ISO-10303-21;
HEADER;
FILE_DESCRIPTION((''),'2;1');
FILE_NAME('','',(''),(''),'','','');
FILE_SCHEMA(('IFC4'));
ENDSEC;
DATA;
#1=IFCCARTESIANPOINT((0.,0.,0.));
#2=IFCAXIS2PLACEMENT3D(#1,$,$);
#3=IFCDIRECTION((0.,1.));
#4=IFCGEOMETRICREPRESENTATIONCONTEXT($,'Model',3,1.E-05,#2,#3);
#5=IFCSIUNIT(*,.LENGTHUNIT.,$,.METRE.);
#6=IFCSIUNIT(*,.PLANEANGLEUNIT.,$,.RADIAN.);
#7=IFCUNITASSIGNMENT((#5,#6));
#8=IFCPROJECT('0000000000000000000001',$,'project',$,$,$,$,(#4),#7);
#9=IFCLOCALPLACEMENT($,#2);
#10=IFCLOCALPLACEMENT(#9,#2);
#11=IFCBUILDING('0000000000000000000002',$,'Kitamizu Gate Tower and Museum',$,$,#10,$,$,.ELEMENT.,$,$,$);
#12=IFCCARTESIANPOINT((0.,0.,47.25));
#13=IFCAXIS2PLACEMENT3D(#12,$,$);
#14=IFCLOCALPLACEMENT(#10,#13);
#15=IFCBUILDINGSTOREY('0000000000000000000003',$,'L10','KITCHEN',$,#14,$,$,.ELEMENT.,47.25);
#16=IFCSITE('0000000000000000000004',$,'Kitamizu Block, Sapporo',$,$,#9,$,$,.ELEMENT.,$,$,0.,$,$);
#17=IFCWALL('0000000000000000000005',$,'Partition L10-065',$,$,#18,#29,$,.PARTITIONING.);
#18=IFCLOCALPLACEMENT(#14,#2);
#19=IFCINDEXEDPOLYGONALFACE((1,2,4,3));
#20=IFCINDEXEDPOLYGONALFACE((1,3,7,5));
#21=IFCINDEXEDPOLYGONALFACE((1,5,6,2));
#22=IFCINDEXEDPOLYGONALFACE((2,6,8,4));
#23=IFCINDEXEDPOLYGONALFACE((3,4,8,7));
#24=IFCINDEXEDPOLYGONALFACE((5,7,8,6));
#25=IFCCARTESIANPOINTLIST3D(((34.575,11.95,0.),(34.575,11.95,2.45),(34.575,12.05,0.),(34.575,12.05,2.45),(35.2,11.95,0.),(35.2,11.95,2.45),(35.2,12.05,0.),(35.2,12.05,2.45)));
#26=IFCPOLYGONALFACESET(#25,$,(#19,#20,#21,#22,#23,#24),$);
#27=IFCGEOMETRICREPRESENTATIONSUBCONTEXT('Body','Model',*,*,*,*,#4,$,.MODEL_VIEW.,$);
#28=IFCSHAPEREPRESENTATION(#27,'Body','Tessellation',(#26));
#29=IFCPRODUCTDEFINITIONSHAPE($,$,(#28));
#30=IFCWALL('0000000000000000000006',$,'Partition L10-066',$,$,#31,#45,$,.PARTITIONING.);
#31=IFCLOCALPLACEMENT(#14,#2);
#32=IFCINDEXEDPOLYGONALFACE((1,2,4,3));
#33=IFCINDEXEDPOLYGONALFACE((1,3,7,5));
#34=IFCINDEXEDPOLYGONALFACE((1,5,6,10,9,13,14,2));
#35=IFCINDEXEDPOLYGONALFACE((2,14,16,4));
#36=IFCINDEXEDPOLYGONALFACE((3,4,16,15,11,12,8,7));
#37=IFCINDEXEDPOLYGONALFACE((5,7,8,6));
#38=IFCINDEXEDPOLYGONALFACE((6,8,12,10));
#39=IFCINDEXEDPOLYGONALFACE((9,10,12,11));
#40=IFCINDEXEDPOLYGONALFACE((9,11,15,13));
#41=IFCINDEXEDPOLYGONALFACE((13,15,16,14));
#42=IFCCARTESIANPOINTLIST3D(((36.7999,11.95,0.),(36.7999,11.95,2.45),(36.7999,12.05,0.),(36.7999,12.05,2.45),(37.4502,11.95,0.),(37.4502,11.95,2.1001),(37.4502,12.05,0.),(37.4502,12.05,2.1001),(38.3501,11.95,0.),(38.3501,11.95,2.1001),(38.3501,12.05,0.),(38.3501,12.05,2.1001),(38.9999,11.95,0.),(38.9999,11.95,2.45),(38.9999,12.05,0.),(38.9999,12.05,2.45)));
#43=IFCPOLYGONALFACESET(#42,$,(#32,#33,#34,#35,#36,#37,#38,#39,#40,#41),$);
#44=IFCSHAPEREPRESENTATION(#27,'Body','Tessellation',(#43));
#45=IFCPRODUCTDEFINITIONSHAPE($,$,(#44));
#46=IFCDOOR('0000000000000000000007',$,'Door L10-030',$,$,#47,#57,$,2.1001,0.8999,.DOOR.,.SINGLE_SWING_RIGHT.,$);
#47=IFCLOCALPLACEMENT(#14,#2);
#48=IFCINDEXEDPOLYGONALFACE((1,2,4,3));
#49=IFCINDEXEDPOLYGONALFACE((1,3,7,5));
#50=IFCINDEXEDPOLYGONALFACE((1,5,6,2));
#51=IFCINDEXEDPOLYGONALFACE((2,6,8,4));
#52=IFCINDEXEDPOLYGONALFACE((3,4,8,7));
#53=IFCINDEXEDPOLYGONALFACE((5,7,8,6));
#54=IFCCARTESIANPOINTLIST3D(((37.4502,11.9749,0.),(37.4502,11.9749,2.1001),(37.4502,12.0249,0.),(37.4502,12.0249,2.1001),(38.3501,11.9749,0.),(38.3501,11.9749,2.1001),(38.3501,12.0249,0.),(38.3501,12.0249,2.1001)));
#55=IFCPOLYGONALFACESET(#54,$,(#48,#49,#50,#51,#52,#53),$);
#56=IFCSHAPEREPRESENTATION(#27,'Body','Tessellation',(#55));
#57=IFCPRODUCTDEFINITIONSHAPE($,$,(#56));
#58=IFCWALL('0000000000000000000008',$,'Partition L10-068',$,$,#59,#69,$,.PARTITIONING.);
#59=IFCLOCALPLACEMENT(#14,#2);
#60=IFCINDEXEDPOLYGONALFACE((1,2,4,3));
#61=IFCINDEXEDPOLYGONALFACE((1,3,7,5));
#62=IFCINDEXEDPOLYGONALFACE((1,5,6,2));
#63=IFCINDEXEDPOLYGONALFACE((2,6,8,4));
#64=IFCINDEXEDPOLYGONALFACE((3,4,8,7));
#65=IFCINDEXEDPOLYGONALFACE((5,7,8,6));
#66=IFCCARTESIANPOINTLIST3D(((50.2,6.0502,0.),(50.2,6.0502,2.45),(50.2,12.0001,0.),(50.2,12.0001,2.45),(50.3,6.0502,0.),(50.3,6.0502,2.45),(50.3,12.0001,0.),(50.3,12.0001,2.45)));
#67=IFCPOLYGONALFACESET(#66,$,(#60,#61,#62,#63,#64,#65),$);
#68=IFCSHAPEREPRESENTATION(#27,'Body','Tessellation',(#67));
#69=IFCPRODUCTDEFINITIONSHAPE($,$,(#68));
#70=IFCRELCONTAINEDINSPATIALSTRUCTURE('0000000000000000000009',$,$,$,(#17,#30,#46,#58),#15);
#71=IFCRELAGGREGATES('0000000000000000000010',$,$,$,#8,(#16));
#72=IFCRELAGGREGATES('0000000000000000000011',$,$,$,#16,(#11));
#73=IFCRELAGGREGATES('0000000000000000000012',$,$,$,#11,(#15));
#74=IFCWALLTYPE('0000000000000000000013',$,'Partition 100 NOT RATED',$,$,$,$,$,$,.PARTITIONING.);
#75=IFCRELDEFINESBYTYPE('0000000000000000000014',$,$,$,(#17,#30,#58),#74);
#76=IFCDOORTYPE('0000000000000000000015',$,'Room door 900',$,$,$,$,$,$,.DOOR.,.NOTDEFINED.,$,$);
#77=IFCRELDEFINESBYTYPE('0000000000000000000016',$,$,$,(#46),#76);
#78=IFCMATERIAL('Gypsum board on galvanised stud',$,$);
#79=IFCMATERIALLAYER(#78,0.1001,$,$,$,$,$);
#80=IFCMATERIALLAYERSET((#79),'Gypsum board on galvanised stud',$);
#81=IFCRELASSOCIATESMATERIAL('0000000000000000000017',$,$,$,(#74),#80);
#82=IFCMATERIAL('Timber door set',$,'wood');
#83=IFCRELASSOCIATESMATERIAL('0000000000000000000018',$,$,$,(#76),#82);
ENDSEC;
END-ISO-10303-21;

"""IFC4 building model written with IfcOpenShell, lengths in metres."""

from ifc_helpers import new_model, si_unit, direction, frame, frame_2d, origin, place, context, subcontext, project, spatial, rectangle, extrude, material, layer, layer_set, type_object, element, fill, save


model = new_model("IFC4")

# Units and contexts
model_context = context("Model", 3, precision=1e-05, world=origin(), true_north=direction((0.0, 1.0)))
body_context = subcontext(model_context, "Body", "Model", "MODEL_VIEW")
ifc_project = project(units=[si_unit("LENGTHUNIT", "METRE"), si_unit("PLANEANGLEUNIT", "RADIAN")], contexts=[model_context])

# Site, building, storey
site_placement = place(None, origin())
site = spatial("IfcSite", under=ifc_project, at=site_placement, Name="Kitamizu Block, Sapporo", CompositionType="ELEMENT", RefElevation=0.0)
building_placement = place(site_placement, origin())
building = spatial("IfcBuilding", under=site, at=building_placement, Name="Kitamizu Gate Tower and Museum", CompositionType="ELEMENT")
storey_placement = place(building_placement, frame((0.0, 0.0, 47.25)))
storey = spatial("IfcBuildingStorey", under=building, at=storey_placement, Name="L10", Description="KITCHEN", CompositionType="ELEMENT", Elevation=47.25)

# Shared definitions
ifc_material_1 = material(Name="Gypsum board on galvanised stud")
ifc_layer = layer(ifc_material_1, 0.1001)
ifc_layer_set = layer_set([ifc_layer], Name="Gypsum board on galvanised stud")
wall_type = type_object("IfcWallType", Name="Partition 100 NOT RATED", PredefinedType="PARTITIONING", material=ifc_layer_set)

# Shared definitions
ifc_material_2 = material(Name="Timber door set", Category="wood")
door_type = type_object("IfcDoorType", Name="Room door 900", OperationType="NOTDEFINED", PredefinedType="DOOR", material=ifc_material_2)

# Wall
wall_1_placement = place(storey_placement, frame((35.2, 12.0, 0.0), z_axis=(0.0, 0.0, 1.0), x_axis=(-1.0, 0.0, 0.0)))
element("IfcWall", 1, at=wall_1_placement, inside=storey, type_object=wall_type, Name="Partition L10-065", PredefinedType="PARTITIONING", context=body_context, shape_type="SweptSolid", body=[
    extrude(rectangle(XDim=0.625, YDim=0.1001, at=frame_2d((0.3125, 0.0))), origin(), (0.0, 0.0, 1.0), 2.45),
])

# Wall, opening, door
wall_2_placement = place(storey_placement, frame((39.0, 12.0, 0.0), z_axis=(0.0, 0.0, 1.0), x_axis=(-1.0, 0.0, 0.0)))
wall_2 = element("IfcWall", 2, at=wall_2_placement, inside=storey, type_object=wall_type, Name="Partition L10-066", PredefinedType="PARTITIONING", context=body_context, shape_type="SweptSolid", body=[
    extrude(rectangle(XDim=2.2, YDim=0.1001, at=frame_2d((1.1001, 0.0))), origin(), (0.0, 0.0, 1.0), 2.45),
])
opening_1_placement = place(wall_2_placement, frame((0.6499, 0.0, 0.0)))
opening_1 = element("IfcOpeningElement", 3, at=opening_1_placement, cuts=wall_2, PredefinedType="OPENING", context=body_context, shape_type="SweptSolid", body=[
    extrude(rectangle(XDim=0.8999, YDim=2.1001, at=frame_2d((0.45, 1.05))), frame((0.0, 0.0601, 0.0), z_axis=(0.0, -1.0, 0.0), x_axis=(1.0, 0.0, 0.0)), (0.0, 0.0, 1.0), 0.1201),
])
door_1_placement = place(opening_1_placement, frame((0.8999, 0.0, 0.0), x_axis=(-1.0, 0.0, 0.0)))
door_1 = element("IfcDoor", 4, at=door_1_placement, inside=storey, type_object=door_type, Name="Door L10-030", OperationType="SINGLE_SWING_RIGHT", OverallHeight=2.1001, OverallWidth=0.8999, PredefinedType="DOOR", context=body_context, shape_type="SweptSolid", body=[
    extrude(rectangle(XDim=0.8999, YDim=2.1001, at=frame_2d((0.45, 1.05))), frame((0.0, 0.0249, 0.0), z_axis=(0.0, -1.0, 0.0), x_axis=(1.0, 0.0, 0.0)), (0.0, 0.0, 1.0), 0.05),
])
fill(opening_1, door_1)

# Wall
wall_3_placement = place(storey_placement, frame((50.25, 6.05, 0.0), z_axis=(0.0, 0.0, 1.0), x_axis=(0.0, 1.0, 0.0)))
element("IfcWall", 5, at=wall_3_placement, inside=storey, type_object=wall_type, Name="Partition L10-068", PredefinedType="PARTITIONING", context=body_context, shape_type="SweptSolid", body=[
    extrude(rectangle(XDim=5.95, YDim=0.1001, at=frame_2d((2.9751, 0.0))), origin(), (0.0, 0.0, 1.0), 2.45),
])

save(model, "model.ifc")
